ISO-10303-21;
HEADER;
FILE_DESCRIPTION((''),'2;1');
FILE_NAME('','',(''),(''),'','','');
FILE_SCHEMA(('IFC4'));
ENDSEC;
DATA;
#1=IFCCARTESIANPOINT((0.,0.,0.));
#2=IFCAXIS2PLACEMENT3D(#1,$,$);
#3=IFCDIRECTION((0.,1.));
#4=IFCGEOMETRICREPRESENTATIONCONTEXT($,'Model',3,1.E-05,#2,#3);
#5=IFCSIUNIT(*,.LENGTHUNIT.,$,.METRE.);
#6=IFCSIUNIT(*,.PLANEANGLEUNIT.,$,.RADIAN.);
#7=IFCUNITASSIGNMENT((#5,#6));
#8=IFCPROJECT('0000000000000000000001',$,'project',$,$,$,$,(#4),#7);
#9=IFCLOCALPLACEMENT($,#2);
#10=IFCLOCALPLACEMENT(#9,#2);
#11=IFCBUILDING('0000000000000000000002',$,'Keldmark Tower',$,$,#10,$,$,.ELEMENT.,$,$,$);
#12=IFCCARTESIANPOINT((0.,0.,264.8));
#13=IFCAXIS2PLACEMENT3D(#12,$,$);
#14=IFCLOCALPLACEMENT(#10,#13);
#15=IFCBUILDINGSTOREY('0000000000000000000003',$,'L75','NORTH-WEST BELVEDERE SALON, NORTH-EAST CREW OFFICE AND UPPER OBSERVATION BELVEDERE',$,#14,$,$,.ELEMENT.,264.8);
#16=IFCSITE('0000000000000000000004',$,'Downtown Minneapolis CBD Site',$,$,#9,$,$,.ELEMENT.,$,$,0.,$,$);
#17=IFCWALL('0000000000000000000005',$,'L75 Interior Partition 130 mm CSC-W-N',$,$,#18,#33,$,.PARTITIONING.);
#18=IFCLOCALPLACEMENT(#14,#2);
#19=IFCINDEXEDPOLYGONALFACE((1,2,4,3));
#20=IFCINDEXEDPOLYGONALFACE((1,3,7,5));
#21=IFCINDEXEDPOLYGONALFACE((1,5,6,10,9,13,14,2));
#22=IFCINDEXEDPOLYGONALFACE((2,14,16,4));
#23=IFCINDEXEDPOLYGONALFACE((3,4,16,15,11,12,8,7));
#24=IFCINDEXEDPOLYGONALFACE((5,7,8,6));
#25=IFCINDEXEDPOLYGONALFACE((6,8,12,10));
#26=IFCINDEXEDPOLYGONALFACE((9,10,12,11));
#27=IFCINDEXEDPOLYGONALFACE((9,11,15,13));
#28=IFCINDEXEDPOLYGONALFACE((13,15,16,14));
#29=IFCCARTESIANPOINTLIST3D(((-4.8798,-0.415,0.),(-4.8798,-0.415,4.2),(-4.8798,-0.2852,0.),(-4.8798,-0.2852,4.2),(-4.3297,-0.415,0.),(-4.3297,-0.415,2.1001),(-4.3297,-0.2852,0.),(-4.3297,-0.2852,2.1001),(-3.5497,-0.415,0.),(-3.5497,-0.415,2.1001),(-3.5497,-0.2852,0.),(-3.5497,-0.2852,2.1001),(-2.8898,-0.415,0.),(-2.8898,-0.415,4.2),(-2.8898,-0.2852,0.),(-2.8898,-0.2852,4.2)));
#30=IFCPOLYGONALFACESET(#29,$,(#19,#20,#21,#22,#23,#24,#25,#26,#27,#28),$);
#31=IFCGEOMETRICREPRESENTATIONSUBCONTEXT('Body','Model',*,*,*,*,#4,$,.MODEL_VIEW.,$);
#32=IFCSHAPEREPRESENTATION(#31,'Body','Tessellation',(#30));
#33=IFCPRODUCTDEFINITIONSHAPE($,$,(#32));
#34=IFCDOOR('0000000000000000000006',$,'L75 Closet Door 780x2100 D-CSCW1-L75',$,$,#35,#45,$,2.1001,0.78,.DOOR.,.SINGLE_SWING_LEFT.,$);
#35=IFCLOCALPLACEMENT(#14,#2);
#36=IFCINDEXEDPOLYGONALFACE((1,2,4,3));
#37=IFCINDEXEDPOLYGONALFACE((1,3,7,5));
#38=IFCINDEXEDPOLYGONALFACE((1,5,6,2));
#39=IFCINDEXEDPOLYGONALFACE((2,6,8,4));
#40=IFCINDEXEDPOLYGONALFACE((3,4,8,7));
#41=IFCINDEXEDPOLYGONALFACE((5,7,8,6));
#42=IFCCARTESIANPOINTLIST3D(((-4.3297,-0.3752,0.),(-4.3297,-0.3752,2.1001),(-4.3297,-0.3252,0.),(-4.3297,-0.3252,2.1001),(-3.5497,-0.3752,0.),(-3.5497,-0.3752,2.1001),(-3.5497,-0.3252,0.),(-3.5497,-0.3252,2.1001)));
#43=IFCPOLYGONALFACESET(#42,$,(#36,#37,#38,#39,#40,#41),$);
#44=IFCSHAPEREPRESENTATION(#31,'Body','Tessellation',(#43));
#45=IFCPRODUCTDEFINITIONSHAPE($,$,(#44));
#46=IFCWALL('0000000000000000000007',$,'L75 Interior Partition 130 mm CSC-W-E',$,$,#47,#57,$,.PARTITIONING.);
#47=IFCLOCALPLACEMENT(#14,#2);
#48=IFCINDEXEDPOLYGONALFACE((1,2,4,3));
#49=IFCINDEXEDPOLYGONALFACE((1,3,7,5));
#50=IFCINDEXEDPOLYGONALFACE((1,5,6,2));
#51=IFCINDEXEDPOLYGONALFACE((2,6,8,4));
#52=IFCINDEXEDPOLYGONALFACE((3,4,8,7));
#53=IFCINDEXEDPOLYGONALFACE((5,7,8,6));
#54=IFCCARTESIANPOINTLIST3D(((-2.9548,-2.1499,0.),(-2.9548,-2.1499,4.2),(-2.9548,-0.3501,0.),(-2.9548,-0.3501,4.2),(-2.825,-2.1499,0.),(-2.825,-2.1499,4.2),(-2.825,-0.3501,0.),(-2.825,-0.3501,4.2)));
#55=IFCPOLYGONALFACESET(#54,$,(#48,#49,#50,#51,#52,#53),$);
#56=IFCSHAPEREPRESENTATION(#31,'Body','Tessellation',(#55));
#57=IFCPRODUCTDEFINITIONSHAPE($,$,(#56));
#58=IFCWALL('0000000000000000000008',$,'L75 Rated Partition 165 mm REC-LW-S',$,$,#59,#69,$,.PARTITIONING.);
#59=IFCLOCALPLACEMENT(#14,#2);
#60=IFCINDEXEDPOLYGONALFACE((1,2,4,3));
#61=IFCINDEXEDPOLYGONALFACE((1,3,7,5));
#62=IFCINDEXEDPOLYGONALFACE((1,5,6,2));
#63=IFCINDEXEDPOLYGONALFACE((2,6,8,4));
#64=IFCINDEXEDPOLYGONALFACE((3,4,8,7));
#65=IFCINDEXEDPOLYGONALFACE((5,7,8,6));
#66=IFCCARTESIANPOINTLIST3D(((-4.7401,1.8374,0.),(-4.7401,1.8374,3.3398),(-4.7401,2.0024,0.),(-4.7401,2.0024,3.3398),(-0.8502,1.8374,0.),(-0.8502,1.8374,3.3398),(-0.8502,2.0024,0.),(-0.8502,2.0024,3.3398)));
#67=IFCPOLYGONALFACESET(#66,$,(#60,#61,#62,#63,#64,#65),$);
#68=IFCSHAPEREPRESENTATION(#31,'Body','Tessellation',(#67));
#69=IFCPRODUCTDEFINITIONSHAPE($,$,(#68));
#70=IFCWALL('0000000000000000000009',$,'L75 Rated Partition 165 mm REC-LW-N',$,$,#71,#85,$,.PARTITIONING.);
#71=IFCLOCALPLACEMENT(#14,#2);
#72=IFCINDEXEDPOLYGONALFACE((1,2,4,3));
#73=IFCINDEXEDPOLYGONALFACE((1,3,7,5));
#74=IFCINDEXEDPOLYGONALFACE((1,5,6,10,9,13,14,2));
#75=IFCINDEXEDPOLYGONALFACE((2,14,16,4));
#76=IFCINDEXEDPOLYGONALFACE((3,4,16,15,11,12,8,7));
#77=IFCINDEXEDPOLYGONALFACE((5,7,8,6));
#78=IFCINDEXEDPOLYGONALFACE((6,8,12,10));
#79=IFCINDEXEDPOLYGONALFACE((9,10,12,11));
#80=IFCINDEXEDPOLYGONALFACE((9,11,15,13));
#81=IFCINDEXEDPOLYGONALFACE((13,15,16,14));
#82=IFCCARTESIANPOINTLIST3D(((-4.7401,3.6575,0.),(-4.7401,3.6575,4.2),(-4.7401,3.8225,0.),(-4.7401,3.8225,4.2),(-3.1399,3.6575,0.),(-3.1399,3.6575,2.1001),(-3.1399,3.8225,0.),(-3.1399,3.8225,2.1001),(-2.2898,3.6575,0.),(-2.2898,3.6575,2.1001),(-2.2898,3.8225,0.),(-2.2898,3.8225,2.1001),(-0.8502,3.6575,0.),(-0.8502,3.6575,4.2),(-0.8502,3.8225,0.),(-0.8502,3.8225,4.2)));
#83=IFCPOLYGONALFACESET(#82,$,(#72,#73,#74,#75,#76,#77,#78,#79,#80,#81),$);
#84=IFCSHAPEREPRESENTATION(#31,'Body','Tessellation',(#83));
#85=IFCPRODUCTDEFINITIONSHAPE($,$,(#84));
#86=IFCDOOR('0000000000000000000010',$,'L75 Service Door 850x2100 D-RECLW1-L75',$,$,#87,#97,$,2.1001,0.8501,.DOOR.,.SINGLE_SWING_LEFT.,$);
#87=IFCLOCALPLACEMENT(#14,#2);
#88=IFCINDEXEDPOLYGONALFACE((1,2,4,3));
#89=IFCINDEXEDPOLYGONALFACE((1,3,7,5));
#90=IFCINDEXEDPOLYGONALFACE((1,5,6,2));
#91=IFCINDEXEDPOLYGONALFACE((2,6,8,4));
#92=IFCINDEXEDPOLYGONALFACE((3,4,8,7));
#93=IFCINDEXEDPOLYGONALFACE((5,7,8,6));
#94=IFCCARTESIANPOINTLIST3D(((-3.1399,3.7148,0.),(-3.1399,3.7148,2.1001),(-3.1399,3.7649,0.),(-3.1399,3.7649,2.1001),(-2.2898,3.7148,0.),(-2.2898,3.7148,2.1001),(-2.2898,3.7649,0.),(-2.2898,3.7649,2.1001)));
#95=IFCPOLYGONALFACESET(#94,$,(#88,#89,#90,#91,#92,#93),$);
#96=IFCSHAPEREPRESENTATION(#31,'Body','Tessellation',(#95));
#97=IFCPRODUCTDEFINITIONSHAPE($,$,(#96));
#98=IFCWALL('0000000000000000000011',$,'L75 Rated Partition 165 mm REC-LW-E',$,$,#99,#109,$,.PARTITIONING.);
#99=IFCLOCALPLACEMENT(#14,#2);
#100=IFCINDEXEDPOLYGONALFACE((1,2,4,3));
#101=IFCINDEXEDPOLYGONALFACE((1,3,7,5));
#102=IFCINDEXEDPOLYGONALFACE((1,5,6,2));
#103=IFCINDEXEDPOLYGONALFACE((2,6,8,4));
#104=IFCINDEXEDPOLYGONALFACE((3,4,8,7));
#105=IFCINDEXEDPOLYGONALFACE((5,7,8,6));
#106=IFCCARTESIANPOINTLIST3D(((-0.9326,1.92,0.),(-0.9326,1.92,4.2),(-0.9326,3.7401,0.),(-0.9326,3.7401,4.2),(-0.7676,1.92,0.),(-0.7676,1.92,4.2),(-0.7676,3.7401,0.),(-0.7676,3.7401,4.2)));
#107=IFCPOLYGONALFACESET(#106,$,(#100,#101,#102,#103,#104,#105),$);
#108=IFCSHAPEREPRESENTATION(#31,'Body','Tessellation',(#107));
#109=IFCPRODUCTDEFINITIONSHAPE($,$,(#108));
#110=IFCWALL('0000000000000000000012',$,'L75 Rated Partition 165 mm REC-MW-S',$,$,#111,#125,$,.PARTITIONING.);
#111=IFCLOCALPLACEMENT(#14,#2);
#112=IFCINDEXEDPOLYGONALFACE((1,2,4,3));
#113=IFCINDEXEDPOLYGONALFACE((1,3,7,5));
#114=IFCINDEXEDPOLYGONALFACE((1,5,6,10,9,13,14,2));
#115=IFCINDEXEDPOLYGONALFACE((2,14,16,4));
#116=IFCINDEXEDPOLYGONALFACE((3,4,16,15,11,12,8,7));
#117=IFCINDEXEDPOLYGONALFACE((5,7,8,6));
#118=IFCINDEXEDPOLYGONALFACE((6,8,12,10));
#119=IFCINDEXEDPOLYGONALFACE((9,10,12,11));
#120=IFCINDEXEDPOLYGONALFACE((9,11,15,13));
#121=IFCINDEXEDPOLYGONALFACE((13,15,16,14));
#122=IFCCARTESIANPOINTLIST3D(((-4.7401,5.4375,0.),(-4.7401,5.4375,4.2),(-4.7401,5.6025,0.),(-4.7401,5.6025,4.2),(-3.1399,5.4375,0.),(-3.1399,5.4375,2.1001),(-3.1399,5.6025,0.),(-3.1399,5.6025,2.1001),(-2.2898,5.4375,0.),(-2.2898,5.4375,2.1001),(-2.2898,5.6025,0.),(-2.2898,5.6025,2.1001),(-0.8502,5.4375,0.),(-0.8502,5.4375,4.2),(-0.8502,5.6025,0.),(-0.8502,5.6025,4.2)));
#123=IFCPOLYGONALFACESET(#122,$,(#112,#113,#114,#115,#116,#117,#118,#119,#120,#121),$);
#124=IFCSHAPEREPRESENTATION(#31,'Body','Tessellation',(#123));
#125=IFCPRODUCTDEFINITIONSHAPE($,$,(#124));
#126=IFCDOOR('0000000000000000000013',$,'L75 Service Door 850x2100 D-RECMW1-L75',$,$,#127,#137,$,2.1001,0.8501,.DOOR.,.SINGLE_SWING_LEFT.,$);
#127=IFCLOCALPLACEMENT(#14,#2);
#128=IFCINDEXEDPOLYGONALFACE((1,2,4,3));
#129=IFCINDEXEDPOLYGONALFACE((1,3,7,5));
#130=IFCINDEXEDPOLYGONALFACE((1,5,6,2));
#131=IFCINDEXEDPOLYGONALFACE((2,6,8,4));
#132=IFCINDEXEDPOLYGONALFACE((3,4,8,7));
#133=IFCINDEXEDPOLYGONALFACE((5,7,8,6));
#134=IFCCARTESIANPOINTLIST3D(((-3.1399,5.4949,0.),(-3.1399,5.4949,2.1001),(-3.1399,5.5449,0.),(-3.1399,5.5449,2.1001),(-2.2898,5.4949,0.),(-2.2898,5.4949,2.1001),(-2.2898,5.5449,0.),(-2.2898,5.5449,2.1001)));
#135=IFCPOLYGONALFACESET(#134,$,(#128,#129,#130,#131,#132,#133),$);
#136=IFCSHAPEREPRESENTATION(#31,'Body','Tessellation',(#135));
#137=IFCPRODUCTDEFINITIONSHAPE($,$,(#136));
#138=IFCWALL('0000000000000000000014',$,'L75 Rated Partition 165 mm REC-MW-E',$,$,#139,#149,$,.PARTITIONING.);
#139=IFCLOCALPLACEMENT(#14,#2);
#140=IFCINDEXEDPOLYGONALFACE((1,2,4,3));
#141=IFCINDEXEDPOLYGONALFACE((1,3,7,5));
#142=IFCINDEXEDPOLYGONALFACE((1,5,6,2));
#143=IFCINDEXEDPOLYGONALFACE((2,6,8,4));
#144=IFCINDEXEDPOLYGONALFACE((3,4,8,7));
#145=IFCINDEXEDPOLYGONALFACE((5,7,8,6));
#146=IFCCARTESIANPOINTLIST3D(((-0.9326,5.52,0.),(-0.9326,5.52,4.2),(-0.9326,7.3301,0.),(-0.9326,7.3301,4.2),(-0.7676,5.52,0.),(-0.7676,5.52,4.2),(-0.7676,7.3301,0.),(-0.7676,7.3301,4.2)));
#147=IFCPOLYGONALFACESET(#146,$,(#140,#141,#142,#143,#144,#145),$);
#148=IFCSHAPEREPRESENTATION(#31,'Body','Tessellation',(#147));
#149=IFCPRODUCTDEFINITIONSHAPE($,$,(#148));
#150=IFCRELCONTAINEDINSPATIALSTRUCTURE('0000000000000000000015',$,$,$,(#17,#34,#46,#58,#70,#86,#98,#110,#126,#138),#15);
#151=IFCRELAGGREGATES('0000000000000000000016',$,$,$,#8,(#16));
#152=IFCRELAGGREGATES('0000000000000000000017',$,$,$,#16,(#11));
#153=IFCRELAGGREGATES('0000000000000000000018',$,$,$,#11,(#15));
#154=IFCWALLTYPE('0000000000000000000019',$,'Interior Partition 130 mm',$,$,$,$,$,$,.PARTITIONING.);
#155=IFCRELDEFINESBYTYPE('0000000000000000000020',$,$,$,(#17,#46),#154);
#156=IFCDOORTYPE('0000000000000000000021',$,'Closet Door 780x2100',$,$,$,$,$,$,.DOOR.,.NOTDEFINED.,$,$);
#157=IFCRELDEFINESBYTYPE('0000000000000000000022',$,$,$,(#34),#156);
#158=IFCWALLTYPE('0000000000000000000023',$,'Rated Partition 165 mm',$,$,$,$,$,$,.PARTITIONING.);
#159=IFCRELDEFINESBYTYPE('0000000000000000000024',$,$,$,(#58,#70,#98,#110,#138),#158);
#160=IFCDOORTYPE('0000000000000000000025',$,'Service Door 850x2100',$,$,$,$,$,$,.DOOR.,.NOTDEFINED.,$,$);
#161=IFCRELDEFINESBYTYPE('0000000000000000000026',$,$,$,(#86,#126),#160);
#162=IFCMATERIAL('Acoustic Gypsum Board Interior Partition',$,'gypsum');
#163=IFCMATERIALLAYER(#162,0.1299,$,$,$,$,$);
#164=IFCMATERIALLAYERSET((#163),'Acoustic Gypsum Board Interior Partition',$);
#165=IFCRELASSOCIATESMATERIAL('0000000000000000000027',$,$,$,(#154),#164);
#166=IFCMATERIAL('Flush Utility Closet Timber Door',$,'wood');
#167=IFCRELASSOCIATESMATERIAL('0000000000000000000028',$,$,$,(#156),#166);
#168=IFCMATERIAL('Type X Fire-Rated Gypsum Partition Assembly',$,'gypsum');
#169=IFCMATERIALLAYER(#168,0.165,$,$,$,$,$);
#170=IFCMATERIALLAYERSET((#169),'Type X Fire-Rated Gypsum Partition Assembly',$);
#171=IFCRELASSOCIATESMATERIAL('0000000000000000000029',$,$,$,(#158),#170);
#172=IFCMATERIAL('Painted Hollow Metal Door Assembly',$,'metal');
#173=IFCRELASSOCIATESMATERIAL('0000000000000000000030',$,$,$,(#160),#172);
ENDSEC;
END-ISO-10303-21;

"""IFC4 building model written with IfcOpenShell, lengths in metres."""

from ifc_helpers import new_model, si_unit, direction, frame, frame_2d, origin, place, context, subcontext, project, spatial, rectangle, extrude, material, layer, layer_set, type_object, element, fill, save


model = new_model("IFC4")

# Units and contexts
model_context = context("Model", 3, precision=1e-05, world=origin(), true_north=direction((0.0, 1.0)))
body_context = subcontext(model_context, "Body", "Model", "MODEL_VIEW")
ifc_project = project(units=[si_unit("LENGTHUNIT", "METRE"), si_unit("PLANEANGLEUNIT", "RADIAN")], contexts=[model_context])

# Site, building, storey
site_placement = place(None, origin())
site = spatial("IfcSite", under=ifc_project, at=site_placement, Name="Downtown Minneapolis CBD Site", CompositionType="ELEMENT", RefElevation=0.0)
building_placement = place(site_placement, origin())
building = spatial("IfcBuilding", under=site, at=building_placement, Name="Keldmark Tower", CompositionType="ELEMENT")
storey_placement = place(building_placement, frame((0.0, 0.0, 264.8)))
storey = spatial("IfcBuildingStorey", under=building, at=storey_placement, Name="L75", Description="NORTH-WEST BELVEDERE SALON, NORTH-EAST CREW OFFICE AND UPPER OBSERVATION BELVEDERE", CompositionType="ELEMENT", Elevation=264.8)

# Wall, opening, door
ifc_material_1 = material(Name="Acoustic Gypsum Board Interior Partition", Category="gypsum")
ifc_layer_1 = layer(ifc_material_1, 0.1299)
ifc_layer_set_1 = layer_set([ifc_layer_1], Name="Acoustic Gypsum Board Interior Partition")
wall_type_1 = type_object("IfcWallType", Name="Interior Partition 130 mm", PredefinedType="PARTITIONING", material=ifc_layer_set_1)
wall_1_placement = place(storey_placement, frame((-4.8799, -0.3501, 0.0), z_axis=(0.0, 0.0, 1.0), x_axis=(1.0, 0.0, 0.0)))
wall_1 = element("IfcWall", 1, at=wall_1_placement, inside=storey, type_object=wall_type_1, Name="L75 Interior Partition 130 mm CSC-W-N", PredefinedType="PARTITIONING", context=body_context, shape_type="SweptSolid", body=[
    extrude(rectangle(XDim=1.99, YDim=0.1299, at=frame_2d((0.9951, 0.0))), origin(), (0.0, 0.0, 1.0), 4.2),
])
opening_1_placement = place(wall_1_placement, frame((0.55, 0.0, 0.0)))
opening_1 = element("IfcOpeningElement", 2, at=opening_1_placement, cuts=wall_1, PredefinedType="OPENING", context=body_context, shape_type="SweptSolid", body=[
    extrude(rectangle(XDim=0.78, YDim=2.1001, at=frame_2d((0.3901, 1.05))), frame((0.0, 0.075, 0.0), z_axis=(0.0, -1.0, 0.0), x_axis=(1.0, 0.0, 0.0)), (0.0, 0.0, 1.0), 0.1499),
])
ifc_material_2 = material(Name="Flush Utility Closet Timber Door", Category="wood")
door_type_1 = type_object("IfcDoorType", Name="Closet Door 780x2100", OperationType="NOTDEFINED", PredefinedType="DOOR", material=ifc_material_2)
door_1_placement = place(opening_1_placement, origin())
door_1 = element("IfcDoor", 3, at=door_1_placement, inside=storey, type_object=door_type_1, Name="L75 Closet Door 780x2100 D-CSCW1-L75", OperationType="SINGLE_SWING_LEFT", OverallHeight=2.1001, OverallWidth=0.78, PredefinedType="DOOR", context=body_context, shape_type="SweptSolid", body=[
    extrude(rectangle(XDim=0.78, YDim=2.1001, at=frame_2d((0.3901, 1.05))), frame((0.0, 0.0249, 0.0), z_axis=(0.0, -1.0, 0.0), x_axis=(1.0, 0.0, 0.0)), (0.0, 0.0, 1.0), 0.05),
])
fill(opening_1, door_1)

# Walls
wall_2_placement = place(storey_placement, frame((-2.8899, -2.1499, 0.0), z_axis=(0.0, 0.0, 1.0), x_axis=(0.0, 1.0, 0.0)))
element("IfcWall", 4, at=wall_2_placement, inside=storey, type_object=wall_type_1, Name="L75 Interior Partition 130 mm CSC-W-E", PredefinedType="PARTITIONING", context=body_context, shape_type="SweptSolid", body=[
    extrude(rectangle(XDim=1.7998, YDim=0.1299, at=frame_2d((0.8999, 0.0))), origin(), (0.0, 0.0, 1.0), 4.2),
])
ifc_material_3 = material(Name="Type X Fire-Rated Gypsum Partition Assembly", Category="gypsum")
ifc_layer_2 = layer(ifc_material_3, 0.165)
ifc_layer_set_2 = layer_set([ifc_layer_2], Name="Type X Fire-Rated Gypsum Partition Assembly")
wall_type_2 = type_object("IfcWallType", Name="Rated Partition 165 mm", PredefinedType="PARTITIONING", material=ifc_layer_set_2)
wall_3_placement = place(storey_placement, frame((-4.74, 1.9199, 0.0), z_axis=(0.0, 0.0, 1.0), x_axis=(1.0, 0.0, 0.0)))
element("IfcWall", 5, at=wall_3_placement, inside=storey, type_object=wall_type_2, Name="L75 Rated Partition 165 mm REC-LW-S", PredefinedType="PARTITIONING", context=body_context, shape_type="SweptSolid", body=[
    extrude(rectangle(XDim=3.8899, YDim=0.165, at=frame_2d((1.9448, 0.0))), origin(), (0.0, 0.0, 1.0), 3.3398),
])

# Wall, opening, door
wall_4_placement = place(storey_placement, frame((-4.74, 3.74, 0.0), z_axis=(0.0, 0.0, 1.0), x_axis=(1.0, 0.0, 0.0)))
wall_4 = element("IfcWall", 6, at=wall_4_placement, inside=storey, type_object=wall_type_2, Name="L75 Rated Partition 165 mm REC-LW-N", PredefinedType="PARTITIONING", context=body_context, shape_type="SweptSolid", body=[
    extrude(rectangle(XDim=3.8899, YDim=0.165, at=frame_2d((1.9448, 0.0))), origin(), (0.0, 0.0, 1.0), 4.2),
])
opening_2_placement = place(wall_4_placement, frame((1.6001, 0.0, 0.0)))
opening_2 = element("IfcOpeningElement", 7, at=opening_2_placement, cuts=wall_4, PredefinedType="OPENING", context=body_context, shape_type="SweptSolid", body=[
    extrude(rectangle(XDim=0.8501, YDim=2.1001, at=frame_2d((0.425, 1.05))), frame((0.0, 0.0925, 0.0), z_axis=(0.0, -1.0, 0.0), x_axis=(1.0, 0.0, 0.0)), (0.0, 0.0, 1.0), 0.1851),
])
ifc_material_4 = material(Name="Painted Hollow Metal Door Assembly", Category="metal")
door_type_2 = type_object("IfcDoorType", Name="Service Door 850x2100", OperationType="NOTDEFINED", PredefinedType="DOOR", material=ifc_material_4)
door_2_placement = place(opening_2_placement, origin())
door_2 = element("IfcDoor", 8, at=door_2_placement, inside=storey, type_object=door_type_2, Name="L75 Service Door 850x2100 D-RECLW1-L75", OperationType="SINGLE_SWING_LEFT", OverallHeight=2.1001, OverallWidth=0.8501, PredefinedType="DOOR", context=body_context, shape_type="SweptSolid", body=[
    extrude(rectangle(XDim=0.8501, YDim=2.1001, at=frame_2d((0.425, 1.05))), frame((0.0, 0.0249, 0.0), z_axis=(0.0, -1.0, 0.0), x_axis=(1.0, 0.0, 0.0)), (0.0, 0.0, 1.0), 0.05),
])
fill(opening_2, door_2)

# Wall
wall_5_placement = place(storey_placement, frame((-0.8501, 1.9199, 0.0), z_axis=(0.0, 0.0, 1.0), x_axis=(0.0, 1.0, 0.0)))
element("IfcWall", 9, at=wall_5_placement, inside=storey, type_object=wall_type_2, Name="L75 Rated Partition 165 mm REC-LW-E", PredefinedType="PARTITIONING", context=body_context, shape_type="SweptSolid", body=[
    extrude(rectangle(XDim=1.8201, YDim=0.165, at=frame_2d((0.9102, 0.0))), origin(), (0.0, 0.0, 1.0), 4.2),
])

# Wall, opening, door
wall_6_placement = place(storey_placement, frame((-4.74, 5.52, 0.0), z_axis=(0.0, 0.0, 1.0), x_axis=(1.0, 0.0, 0.0)))
wall_6 = element("IfcWall", 10, at=wall_6_placement, inside=storey, type_object=wall_type_2, Name="L75 Rated Partition 165 mm REC-MW-S", PredefinedType="PARTITIONING", context=body_context, shape_type="SweptSolid", body=[
    extrude(rectangle(XDim=3.8899, YDim=0.165, at=frame_2d((1.9448, 0.0))), origin(), (0.0, 0.0, 1.0), 4.2),
])
opening_3_placement = place(wall_6_placement, frame((1.6001, 0.0, 0.0)))
opening_3 = element("IfcOpeningElement", 11, at=opening_3_placement, cuts=wall_6, PredefinedType="OPENING", context=body_context, shape_type="SweptSolid", body=[
    extrude(rectangle(XDim=0.8501, YDim=2.1001, at=frame_2d((0.425, 1.05))), frame((0.0, 0.0925, 0.0), z_axis=(0.0, -1.0, 0.0), x_axis=(1.0, 0.0, 0.0)), (0.0, 0.0, 1.0), 0.1851),
])
door_3_placement = place(opening_3_placement, origin())
door_3 = element("IfcDoor", 12, at=door_3_placement, inside=storey, type_object=door_type_2, Name="L75 Service Door 850x2100 D-RECMW1-L75", OperationType="SINGLE_SWING_LEFT", OverallHeight=2.1001, OverallWidth=0.8501, PredefinedType="DOOR", context=body_context, shape_type="SweptSolid", body=[
    extrude(rectangle(XDim=0.8501, YDim=2.1001, at=frame_2d((0.425, 1.05))), frame((0.0, 0.0249, 0.0), z_axis=(0.0, -1.0, 0.0), x_axis=(1.0, 0.0, 0.0)), (0.0, 0.0, 1.0), 0.05),
])
fill(opening_3, door_3)

# Wall
wall_7_placement = place(storey_placement, frame((-0.8501, 5.52, 0.0), z_axis=(0.0, 0.0, 1.0), x_axis=(0.0, 1.0, 0.0)))
element("IfcWall", 13, at=wall_7_placement, inside=storey, type_object=wall_type_2, Name="L75 Rated Partition 165 mm REC-MW-E", PredefinedType="PARTITIONING", context=body_context, shape_type="SweptSolid", body=[
    extrude(rectangle(XDim=1.8101, YDim=0.165, at=frame_2d((0.905, 0.0))), origin(), (0.0, 0.0, 1.0), 4.2),
])

save(model, "model.ifc")
